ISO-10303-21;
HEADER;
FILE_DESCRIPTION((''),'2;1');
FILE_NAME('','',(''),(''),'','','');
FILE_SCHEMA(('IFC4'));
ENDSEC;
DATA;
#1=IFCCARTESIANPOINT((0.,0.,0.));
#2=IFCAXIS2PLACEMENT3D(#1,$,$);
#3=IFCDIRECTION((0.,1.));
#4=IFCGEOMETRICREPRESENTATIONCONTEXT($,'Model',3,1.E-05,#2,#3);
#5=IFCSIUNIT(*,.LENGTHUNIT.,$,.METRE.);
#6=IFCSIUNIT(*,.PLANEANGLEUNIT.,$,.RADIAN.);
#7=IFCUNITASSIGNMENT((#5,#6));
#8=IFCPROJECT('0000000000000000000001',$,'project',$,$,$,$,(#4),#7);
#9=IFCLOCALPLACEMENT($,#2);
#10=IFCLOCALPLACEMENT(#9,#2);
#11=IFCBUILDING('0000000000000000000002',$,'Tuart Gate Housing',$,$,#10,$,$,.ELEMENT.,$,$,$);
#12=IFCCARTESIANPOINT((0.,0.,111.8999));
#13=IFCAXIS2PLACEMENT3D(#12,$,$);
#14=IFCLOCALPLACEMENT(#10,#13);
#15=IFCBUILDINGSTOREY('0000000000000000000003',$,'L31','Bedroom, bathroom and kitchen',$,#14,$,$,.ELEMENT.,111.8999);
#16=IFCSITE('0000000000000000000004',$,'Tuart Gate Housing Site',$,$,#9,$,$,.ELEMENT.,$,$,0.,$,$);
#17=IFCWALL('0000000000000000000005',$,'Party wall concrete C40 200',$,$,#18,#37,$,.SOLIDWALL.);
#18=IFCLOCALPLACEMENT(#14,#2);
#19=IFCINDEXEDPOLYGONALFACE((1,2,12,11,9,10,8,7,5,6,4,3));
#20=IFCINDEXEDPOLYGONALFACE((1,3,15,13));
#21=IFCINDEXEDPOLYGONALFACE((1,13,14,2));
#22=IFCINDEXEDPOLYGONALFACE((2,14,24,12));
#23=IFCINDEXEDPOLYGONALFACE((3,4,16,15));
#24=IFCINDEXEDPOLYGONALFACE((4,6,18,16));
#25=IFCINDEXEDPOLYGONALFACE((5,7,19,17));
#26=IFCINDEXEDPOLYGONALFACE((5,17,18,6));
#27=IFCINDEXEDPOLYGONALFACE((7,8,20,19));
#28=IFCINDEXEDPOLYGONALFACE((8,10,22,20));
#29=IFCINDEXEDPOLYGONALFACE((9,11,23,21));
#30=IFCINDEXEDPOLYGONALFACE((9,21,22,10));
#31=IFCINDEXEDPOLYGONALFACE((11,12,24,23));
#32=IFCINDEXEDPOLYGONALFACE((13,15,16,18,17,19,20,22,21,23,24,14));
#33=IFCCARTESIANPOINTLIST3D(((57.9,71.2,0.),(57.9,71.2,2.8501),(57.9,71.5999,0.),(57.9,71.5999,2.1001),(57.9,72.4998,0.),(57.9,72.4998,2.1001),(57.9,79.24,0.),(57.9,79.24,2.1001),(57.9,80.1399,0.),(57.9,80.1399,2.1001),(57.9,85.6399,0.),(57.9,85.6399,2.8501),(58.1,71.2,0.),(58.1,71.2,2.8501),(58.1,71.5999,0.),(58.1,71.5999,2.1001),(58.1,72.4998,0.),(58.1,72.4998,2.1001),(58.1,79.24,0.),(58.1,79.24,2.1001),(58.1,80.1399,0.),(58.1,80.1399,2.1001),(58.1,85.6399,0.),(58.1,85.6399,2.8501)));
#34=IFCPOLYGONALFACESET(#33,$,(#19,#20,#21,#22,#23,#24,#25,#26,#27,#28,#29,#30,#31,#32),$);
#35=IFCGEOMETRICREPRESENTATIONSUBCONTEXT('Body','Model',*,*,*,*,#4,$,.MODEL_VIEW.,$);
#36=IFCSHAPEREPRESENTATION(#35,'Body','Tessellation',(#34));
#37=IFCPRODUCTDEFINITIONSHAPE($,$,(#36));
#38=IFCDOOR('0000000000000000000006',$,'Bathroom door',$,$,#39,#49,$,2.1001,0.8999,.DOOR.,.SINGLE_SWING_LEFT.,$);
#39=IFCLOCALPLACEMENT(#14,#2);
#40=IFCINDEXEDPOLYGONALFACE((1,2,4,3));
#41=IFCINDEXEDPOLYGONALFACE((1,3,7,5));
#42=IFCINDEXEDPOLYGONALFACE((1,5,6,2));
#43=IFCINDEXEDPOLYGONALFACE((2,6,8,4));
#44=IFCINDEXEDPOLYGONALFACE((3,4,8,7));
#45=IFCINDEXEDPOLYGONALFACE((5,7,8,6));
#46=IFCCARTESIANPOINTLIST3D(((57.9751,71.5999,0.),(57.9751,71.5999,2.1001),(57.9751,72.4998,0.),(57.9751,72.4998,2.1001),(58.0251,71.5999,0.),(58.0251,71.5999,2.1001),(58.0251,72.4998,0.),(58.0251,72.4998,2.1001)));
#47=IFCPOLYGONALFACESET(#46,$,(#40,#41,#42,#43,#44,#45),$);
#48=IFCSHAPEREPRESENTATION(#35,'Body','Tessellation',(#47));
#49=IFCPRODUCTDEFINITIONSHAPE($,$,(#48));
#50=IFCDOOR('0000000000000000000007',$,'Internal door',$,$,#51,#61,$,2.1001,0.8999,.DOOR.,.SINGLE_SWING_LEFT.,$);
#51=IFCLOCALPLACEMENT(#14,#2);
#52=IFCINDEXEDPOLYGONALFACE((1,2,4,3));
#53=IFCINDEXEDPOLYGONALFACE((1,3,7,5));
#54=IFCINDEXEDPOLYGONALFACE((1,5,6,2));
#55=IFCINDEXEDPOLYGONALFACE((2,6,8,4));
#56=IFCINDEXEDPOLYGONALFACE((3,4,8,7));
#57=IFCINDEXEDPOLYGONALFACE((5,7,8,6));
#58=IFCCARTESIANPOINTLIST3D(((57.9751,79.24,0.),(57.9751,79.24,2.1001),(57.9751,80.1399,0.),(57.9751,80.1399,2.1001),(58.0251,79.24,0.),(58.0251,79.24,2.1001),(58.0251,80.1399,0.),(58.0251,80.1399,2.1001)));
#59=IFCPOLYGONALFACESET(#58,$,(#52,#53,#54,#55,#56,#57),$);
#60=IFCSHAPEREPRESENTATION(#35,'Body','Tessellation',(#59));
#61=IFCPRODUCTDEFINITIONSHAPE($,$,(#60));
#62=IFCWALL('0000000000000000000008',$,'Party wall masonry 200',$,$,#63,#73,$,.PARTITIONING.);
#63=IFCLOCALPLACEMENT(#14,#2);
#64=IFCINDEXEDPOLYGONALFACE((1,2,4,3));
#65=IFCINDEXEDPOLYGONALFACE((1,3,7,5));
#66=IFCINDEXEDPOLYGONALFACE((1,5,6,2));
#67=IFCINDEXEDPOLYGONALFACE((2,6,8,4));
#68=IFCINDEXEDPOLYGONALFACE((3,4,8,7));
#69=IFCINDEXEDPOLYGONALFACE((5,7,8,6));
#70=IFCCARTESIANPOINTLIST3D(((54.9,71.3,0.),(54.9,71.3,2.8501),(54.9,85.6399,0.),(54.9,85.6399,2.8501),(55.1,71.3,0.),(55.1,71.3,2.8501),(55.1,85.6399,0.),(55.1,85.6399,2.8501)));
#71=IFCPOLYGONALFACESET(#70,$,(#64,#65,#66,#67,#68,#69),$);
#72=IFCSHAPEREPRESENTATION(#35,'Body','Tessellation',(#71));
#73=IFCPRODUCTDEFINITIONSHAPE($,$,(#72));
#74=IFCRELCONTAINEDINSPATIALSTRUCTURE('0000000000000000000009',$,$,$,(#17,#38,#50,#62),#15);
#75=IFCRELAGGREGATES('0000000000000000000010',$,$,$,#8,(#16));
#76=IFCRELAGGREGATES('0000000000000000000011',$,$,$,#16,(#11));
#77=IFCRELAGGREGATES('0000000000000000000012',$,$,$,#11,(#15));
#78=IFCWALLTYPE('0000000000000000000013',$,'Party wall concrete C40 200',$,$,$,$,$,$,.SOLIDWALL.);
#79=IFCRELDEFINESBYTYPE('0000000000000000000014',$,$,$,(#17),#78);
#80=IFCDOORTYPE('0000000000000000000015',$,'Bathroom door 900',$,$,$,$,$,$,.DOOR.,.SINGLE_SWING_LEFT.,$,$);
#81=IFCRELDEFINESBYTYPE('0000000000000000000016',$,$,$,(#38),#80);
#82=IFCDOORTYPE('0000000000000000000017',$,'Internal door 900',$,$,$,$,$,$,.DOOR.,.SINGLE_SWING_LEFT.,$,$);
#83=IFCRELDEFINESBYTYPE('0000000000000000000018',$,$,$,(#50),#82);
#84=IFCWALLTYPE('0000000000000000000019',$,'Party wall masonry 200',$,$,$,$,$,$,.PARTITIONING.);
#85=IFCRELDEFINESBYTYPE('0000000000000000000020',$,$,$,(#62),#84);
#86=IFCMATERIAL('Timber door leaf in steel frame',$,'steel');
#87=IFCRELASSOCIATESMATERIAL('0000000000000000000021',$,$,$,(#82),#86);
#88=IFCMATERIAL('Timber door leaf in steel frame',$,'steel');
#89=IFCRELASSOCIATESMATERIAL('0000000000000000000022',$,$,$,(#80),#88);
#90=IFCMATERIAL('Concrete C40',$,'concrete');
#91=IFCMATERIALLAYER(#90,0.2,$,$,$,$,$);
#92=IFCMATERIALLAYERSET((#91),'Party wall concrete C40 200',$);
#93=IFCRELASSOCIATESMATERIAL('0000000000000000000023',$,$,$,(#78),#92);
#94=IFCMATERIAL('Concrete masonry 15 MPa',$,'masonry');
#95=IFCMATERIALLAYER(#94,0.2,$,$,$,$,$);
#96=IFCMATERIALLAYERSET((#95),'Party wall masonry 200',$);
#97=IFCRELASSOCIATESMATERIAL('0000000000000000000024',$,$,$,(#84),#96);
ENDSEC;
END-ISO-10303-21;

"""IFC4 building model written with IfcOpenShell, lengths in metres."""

from ifc_helpers import new_model, si_unit, direction, frame, frame_2d, origin, place, context, subcontext, project, spatial, rectangle, extrude, material, layer, layer_set, type_object, element, fill, save


model = new_model("IFC4")

# Units and contexts
model_context = context("Model", 3, precision=1e-05, world=origin(), true_north=direction((0.0, 1.0)))
body_context = subcontext(model_context, "Body", "Model", "MODEL_VIEW")
ifc_project = project(units=[si_unit("LENGTHUNIT", "METRE"), si_unit("PLANEANGLEUNIT", "RADIAN")], contexts=[model_context])

# Site, building, storey
site_placement = place(None, origin())
site = spatial("IfcSite", under=ifc_project, at=site_placement, Name="Tuart Gate Housing Site", CompositionType="ELEMENT", RefElevation=0.0)
building_placement = place(site_placement, origin())
building = spatial("IfcBuilding", under=site, at=building_placement, Name="Tuart Gate Housing", CompositionType="ELEMENT")
storey_placement = place(building_placement, frame((0.0, 0.0, 111.8999)))
storey = spatial("IfcBuildingStorey", under=building, at=storey_placement, Name="L31", Description="Bedroom, bathroom and kitchen", CompositionType="ELEMENT", Elevation=111.8999)

# Shared definitions
ifc_material_1 = material(Name="Timber door leaf in steel frame", Category="steel")
door_type_1 = type_object("IfcDoorType", Name="Internal door 900", OperationType="SINGLE_SWING_LEFT", PredefinedType="DOOR", material=ifc_material_1)

# Shared definitions
ifc_material_2 = material(Name="Timber door leaf in steel frame", Category="steel")
door_type_2 = type_object("IfcDoorType", Name="Bathroom door 900", OperationType="SINGLE_SWING_LEFT", PredefinedType="DOOR", material=ifc_material_2)

# Shared definitions
ifc_material_3 = material(Name="Concrete C40", Category="concrete")
ifc_layer_1 = layer(ifc_material_3, 0.2)
ifc_layer_set_1 = layer_set([ifc_layer_1], Name="Party wall concrete C40 200")
wall_type_1 = type_object("IfcWallType", Name="Party wall concrete C40 200", PredefinedType="SOLIDWALL", material=ifc_layer_set_1)

# Wall, openings, doors
wall_1_placement = place(storey_placement, frame((58.0, 71.2, 0.0), z_axis=(0.0, 0.0, 1.0), x_axis=(0.0, 1.0, 0.0)))
wall_1 = element("IfcWall", 1, at=wall_1_placement, inside=storey, type_object=wall_type_1, Name="Party wall concrete C40 200", PredefinedType="SOLIDWALL", context=body_context, shape_type="SweptSolid", body=[
    extrude(rectangle(XDim=14.4399, YDim=0.2, at=frame_2d((7.22, 0.0))), origin(), (0.0, 0.0, 1.0), 2.8501),
])
opening_1_placement = place(wall_1_placement, frame((8.04, 0.0, 0.0)))
opening_1 = element("IfcOpeningElement", 2, at=opening_1_placement, cuts=wall_1, PredefinedType="OPENING", context=body_context, shape_type="SweptSolid", body=[
    extrude(rectangle(XDim=0.8999, YDim=2.1001, at=frame_2d((0.45, 1.05))), frame((0.0, 0.1099, 0.0), z_axis=(0.0, -1.0, 0.0), x_axis=(1.0, 0.0, 0.0)), (0.0, 0.0, 1.0), 0.22),
])
opening_2_placement = place(wall_1_placement, frame((0.3999, 0.0, 0.0)))
opening_2 = element("IfcOpeningElement", 3, at=opening_2_placement, cuts=wall_1, PredefinedType="OPENING", context=body_context, shape_type="SweptSolid", body=[
    extrude(rectangle(XDim=0.8999, YDim=2.1001, at=frame_2d((0.45, 1.05))), frame((0.0, 0.1099, 0.0), z_axis=(0.0, -1.0, 0.0), x_axis=(1.0, 0.0, 0.0)), (0.0, 0.0, 1.0), 0.22),
])
door_1_placement = place(opening_2_placement, origin())
door_1 = element("IfcDoor", 4, at=door_1_placement, inside=storey, type_object=door_type_2, Name="Bathroom door", OperationType="SINGLE_SWING_LEFT", OverallHeight=2.1001, OverallWidth=0.8999, PredefinedType="DOOR", context=body_context, shape_type="SweptSolid", body=[
    extrude(rectangle(XDim=0.8999, YDim=2.1001, at=frame_2d((0.45, 1.05))), frame((0.0, 0.0249, 0.0), z_axis=(0.0, -1.0, 0.0), x_axis=(1.0, 0.0, 0.0)), (0.0, 0.0, 1.0), 0.05),
])
fill(opening_2, door_1)
door_2_placement = place(opening_1_placement, origin())
door_2 = element("IfcDoor", 5, at=door_2_placement, inside=storey, type_object=door_type_1, Name="Internal door", OperationType="SINGLE_SWING_LEFT", OverallHeight=2.1001, OverallWidth=0.8999, PredefinedType="DOOR", context=body_context, shape_type="SweptSolid", body=[
    extrude(rectangle(XDim=0.8999, YDim=2.1001, at=frame_2d((0.45, 1.05))), frame((0.0, 0.0249, 0.0), z_axis=(0.0, -1.0, 0.0), x_axis=(1.0, 0.0, 0.0)), (0.0, 0.0, 1.0), 0.05),
])
fill(opening_1, door_2)

# Wall
ifc_material_4 = material(Name="Concrete masonry 15 MPa", Category="masonry")
ifc_layer_2 = layer(ifc_material_4, 0.2)
ifc_layer_set_2 = layer_set([ifc_layer_2], Name="Party wall masonry 200")
wall_type_2 = type_object("IfcWallType", Name="Party wall masonry 200", PredefinedType="PARTITIONING", material=ifc_layer_set_2)
wall_2_placement = place(storey_placement, frame((55.0, 71.3, 0.0), z_axis=(0.0, 0.0, 1.0), x_axis=(0.0, 1.0, 0.0)))
element("IfcWall", 6, at=wall_2_placement, inside=storey, type_object=wall_type_2, Name="Party wall masonry 200", PredefinedType="PARTITIONING", context=body_context, shape_type="SweptSolid", body=[
    extrude(rectangle(XDim=14.3398, YDim=0.2, at=frame_2d((7.1699, 0.0))), origin(), (0.0, 0.0, 1.0), 2.8501),
])

save(model, "model.ifc")
